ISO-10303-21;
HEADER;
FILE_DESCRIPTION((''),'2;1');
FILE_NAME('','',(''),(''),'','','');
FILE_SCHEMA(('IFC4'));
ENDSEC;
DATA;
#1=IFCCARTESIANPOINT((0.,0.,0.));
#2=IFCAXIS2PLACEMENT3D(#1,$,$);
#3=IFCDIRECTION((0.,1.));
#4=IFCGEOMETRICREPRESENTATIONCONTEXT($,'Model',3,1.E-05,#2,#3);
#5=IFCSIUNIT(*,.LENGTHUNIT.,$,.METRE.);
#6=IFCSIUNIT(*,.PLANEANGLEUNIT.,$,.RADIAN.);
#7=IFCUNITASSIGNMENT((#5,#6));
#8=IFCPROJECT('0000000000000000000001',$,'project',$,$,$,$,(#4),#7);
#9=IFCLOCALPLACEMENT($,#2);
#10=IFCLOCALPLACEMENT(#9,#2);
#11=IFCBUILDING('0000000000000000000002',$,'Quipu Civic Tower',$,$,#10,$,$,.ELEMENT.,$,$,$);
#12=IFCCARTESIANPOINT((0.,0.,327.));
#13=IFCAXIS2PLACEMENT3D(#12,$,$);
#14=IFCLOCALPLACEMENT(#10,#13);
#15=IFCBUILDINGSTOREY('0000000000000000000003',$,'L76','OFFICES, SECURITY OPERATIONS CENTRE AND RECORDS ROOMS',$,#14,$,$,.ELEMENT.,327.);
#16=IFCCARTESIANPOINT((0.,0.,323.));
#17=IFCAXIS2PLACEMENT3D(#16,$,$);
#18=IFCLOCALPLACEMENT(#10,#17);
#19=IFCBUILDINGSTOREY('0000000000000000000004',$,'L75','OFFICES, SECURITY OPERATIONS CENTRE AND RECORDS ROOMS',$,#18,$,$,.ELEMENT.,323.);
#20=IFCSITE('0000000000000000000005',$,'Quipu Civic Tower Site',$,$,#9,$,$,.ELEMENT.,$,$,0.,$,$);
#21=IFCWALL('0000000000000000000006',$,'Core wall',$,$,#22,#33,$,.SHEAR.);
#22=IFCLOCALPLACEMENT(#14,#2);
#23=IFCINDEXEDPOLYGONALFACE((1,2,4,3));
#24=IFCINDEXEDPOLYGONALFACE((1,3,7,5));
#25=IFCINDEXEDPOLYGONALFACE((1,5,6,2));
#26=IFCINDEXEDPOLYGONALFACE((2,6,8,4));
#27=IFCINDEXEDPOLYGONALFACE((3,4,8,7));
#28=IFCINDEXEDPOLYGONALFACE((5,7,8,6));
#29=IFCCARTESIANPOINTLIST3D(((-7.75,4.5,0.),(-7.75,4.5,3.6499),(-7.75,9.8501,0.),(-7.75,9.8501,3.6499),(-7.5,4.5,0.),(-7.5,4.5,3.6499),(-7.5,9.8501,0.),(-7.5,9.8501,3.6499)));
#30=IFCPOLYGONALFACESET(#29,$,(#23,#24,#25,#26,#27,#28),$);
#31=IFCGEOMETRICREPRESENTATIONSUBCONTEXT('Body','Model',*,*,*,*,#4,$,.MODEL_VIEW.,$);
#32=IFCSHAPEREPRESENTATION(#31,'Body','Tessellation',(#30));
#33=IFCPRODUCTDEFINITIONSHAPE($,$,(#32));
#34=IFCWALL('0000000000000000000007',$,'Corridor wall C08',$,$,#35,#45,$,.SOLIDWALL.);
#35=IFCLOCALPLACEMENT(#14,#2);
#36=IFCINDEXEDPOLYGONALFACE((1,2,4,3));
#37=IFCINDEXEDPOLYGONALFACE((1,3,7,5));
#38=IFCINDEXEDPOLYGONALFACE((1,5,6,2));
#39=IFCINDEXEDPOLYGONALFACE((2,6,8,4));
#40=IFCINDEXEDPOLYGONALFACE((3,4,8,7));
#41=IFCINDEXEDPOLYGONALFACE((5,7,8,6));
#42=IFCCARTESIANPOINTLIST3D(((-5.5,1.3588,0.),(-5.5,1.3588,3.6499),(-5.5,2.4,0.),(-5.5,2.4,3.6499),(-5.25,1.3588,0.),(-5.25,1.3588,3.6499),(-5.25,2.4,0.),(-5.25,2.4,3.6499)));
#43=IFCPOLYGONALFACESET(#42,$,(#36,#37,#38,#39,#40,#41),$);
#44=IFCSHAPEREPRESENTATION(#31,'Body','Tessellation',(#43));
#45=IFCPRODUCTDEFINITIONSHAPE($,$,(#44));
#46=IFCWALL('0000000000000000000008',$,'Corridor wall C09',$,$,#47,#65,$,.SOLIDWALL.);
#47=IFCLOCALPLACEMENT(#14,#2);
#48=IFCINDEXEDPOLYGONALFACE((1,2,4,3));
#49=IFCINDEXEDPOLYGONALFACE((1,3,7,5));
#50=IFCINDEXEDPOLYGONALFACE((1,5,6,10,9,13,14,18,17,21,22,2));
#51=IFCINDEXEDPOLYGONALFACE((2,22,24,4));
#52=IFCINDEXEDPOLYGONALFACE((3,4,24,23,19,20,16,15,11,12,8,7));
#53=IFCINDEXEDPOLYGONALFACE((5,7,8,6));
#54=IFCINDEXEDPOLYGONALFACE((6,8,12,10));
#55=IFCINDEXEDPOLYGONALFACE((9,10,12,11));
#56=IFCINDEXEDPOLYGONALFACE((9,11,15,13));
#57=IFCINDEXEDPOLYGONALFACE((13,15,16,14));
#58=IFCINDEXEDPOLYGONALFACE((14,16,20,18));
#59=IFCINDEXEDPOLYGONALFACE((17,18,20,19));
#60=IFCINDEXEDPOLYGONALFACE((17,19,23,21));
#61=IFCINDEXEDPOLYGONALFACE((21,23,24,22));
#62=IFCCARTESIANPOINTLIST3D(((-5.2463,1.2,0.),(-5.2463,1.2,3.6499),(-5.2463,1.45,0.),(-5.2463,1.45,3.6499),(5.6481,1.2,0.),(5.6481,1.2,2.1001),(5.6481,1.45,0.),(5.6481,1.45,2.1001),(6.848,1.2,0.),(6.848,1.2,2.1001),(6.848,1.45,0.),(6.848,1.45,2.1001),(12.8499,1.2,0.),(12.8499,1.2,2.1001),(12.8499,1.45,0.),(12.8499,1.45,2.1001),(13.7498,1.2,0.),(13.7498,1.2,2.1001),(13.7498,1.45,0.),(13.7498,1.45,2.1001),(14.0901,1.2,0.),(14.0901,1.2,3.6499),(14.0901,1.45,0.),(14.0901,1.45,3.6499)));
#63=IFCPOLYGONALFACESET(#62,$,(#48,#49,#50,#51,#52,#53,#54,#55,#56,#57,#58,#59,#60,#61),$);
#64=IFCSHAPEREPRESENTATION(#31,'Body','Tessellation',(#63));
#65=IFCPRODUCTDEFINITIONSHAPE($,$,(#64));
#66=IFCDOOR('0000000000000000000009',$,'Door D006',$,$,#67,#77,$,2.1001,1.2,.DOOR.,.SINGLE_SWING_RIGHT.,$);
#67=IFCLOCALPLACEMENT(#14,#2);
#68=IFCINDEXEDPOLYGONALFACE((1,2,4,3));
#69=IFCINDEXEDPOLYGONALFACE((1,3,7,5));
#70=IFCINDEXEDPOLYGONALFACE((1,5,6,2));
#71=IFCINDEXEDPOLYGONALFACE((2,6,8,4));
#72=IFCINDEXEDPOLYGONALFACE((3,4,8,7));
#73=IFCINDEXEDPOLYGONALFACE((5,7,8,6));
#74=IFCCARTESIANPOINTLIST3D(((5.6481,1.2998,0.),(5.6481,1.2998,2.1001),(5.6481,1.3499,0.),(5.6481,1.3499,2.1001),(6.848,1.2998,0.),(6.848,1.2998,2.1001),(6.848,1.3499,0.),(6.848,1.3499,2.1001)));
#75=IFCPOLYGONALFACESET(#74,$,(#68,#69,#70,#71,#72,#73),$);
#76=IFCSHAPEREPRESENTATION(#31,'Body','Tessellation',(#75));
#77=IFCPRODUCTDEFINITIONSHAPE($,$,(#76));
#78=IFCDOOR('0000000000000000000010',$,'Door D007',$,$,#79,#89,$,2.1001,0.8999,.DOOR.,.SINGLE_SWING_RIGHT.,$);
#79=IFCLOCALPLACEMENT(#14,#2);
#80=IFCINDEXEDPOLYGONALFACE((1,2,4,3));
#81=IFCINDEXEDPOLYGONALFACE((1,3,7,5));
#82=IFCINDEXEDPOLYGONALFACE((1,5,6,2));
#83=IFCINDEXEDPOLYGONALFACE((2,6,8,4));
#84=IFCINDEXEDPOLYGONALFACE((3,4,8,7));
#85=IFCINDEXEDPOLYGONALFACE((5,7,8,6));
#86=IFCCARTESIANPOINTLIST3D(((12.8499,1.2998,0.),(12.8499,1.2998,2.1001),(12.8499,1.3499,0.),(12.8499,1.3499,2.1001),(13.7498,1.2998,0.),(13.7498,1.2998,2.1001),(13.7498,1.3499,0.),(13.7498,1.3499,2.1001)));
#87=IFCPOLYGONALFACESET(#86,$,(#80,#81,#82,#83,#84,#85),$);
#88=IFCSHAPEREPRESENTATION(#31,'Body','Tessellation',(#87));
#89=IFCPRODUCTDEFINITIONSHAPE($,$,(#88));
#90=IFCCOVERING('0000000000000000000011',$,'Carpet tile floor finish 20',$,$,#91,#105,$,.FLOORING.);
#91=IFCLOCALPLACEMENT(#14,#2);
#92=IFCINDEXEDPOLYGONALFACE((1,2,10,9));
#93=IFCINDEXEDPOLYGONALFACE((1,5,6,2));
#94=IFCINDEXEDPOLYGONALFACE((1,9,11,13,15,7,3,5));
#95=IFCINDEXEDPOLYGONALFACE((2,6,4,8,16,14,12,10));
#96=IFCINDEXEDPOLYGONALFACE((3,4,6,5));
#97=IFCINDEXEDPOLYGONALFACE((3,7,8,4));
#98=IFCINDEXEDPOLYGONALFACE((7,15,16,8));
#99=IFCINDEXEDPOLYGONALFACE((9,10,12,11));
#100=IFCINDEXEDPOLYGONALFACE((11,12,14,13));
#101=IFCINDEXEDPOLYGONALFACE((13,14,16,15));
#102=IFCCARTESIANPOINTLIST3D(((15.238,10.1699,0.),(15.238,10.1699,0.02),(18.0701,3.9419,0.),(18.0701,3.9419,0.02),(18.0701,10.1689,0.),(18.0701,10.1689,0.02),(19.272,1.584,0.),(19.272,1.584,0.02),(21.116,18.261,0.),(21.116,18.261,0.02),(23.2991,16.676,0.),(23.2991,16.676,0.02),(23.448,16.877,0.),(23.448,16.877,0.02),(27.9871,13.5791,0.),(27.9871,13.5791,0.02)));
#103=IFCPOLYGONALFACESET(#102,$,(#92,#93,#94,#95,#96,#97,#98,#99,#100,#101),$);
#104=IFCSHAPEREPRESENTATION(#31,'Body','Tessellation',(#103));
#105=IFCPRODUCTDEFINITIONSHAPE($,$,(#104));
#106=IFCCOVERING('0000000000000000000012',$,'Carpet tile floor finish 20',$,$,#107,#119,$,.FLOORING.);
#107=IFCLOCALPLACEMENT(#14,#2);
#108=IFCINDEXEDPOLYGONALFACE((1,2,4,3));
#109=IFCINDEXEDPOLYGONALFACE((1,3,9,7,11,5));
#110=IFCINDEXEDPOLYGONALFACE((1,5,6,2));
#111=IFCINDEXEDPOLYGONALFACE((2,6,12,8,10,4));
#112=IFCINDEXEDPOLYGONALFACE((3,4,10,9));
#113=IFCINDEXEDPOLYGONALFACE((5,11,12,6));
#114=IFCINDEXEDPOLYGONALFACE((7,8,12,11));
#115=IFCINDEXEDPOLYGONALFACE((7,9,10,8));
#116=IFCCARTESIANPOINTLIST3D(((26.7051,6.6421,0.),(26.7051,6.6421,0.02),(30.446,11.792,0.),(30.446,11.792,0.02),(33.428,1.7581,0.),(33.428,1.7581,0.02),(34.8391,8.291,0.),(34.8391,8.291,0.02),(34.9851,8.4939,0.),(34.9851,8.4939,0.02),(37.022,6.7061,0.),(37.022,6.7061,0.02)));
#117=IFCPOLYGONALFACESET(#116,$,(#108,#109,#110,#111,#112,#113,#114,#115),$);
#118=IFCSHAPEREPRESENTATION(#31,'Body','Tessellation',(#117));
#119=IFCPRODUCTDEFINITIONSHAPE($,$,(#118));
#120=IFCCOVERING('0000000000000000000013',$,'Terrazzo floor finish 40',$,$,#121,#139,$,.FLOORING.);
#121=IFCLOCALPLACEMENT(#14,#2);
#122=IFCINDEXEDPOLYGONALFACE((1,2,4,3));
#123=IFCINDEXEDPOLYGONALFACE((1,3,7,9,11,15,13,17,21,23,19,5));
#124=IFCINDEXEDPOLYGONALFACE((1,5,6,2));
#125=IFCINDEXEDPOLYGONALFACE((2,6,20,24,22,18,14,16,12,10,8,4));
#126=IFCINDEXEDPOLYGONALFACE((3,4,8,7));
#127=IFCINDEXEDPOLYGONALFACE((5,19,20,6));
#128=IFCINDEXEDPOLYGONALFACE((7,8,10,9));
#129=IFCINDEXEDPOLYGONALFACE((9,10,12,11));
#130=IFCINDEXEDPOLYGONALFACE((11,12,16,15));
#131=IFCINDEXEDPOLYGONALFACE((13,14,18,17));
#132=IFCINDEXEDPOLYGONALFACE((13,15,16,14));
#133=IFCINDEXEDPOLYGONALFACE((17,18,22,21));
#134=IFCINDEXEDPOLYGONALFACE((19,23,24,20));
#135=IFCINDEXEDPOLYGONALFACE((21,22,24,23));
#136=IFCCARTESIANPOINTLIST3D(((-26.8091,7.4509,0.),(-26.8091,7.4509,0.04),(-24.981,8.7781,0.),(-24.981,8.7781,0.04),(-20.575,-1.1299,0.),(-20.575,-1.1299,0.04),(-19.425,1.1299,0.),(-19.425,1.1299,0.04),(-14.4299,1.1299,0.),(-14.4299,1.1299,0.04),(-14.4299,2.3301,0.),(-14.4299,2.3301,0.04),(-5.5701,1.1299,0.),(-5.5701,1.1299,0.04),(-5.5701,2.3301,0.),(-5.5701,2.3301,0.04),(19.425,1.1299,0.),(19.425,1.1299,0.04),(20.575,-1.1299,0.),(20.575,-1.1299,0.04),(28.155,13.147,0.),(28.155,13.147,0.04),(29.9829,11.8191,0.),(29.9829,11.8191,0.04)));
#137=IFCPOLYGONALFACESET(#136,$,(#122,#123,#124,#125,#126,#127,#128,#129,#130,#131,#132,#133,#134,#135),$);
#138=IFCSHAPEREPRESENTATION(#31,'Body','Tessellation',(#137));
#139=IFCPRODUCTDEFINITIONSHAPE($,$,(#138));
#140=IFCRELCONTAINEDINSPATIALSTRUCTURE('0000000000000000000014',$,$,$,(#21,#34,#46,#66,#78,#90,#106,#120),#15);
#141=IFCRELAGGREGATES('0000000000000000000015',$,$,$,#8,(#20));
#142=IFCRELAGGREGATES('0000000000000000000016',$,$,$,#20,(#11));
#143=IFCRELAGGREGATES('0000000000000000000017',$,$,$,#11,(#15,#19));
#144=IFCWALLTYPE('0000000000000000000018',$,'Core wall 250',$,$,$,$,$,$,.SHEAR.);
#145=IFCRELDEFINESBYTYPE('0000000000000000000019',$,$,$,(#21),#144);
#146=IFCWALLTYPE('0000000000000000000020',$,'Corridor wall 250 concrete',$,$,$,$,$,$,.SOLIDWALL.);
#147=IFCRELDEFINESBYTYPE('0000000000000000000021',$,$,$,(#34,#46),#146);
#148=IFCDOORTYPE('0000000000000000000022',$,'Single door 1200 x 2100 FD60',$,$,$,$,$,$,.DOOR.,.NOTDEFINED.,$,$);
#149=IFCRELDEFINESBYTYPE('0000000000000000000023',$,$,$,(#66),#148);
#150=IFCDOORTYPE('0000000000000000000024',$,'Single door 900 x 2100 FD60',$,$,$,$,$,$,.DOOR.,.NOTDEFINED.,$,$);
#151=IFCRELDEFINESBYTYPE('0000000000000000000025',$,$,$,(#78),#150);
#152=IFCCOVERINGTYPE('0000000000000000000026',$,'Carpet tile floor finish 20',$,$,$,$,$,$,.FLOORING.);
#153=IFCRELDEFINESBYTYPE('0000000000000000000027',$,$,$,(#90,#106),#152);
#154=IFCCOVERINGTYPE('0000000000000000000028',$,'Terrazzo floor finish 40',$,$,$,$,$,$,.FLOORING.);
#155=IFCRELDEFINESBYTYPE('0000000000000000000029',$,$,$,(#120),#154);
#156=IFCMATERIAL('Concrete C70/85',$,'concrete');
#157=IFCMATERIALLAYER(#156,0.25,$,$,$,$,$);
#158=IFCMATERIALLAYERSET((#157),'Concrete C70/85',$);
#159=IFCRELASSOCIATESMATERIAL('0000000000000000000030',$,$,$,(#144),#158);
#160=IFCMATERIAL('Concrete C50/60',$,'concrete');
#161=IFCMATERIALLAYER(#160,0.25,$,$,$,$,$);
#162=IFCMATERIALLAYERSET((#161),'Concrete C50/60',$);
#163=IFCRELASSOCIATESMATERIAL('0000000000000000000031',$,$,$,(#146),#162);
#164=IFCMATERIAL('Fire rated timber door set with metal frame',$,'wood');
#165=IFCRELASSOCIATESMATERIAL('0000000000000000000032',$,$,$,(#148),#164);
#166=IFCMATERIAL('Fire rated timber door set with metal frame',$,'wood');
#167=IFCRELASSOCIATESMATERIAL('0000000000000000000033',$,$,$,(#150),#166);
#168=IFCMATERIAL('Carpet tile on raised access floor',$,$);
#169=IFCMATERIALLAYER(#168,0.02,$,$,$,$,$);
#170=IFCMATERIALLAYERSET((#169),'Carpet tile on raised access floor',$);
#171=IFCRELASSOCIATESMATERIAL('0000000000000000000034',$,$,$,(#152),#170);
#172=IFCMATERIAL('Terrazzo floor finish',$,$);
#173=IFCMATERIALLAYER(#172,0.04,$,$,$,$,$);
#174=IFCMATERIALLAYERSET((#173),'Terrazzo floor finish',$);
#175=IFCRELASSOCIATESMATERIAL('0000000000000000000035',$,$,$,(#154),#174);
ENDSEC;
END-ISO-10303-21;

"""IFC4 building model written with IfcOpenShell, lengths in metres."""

from ifc_helpers import new_model, si_unit, direction, frame, frame_2d, origin, place, context, subcontext, project, spatial, polyline, rectangle, outline, extrude, material, layer, layer_set, type_object, element, fill, save


model = new_model("IFC4")

# Units and contexts
model_context = context("Model", 3, precision=1e-05, world=origin(), true_north=direction((0.0, 1.0)))
body_context = subcontext(model_context, "Body", "Model", "MODEL_VIEW")
ifc_project = project(units=[si_unit("LENGTHUNIT", "METRE"), si_unit("PLANEANGLEUNIT", "RADIAN")], contexts=[model_context])

# Site, building, storey
site_placement = place(None, origin())
site = spatial("IfcSite", under=ifc_project, at=site_placement, Name="Quipu Civic Tower Site", CompositionType="ELEMENT", RefElevation=0.0)
building_placement = place(site_placement, origin())
building = spatial("IfcBuilding", under=site, at=building_placement, Name="Quipu Civic Tower", CompositionType="ELEMENT")
storey_1_placement = place(building_placement, frame((0.0, 0.0, 327.0)))
storey_1 = spatial("IfcBuildingStorey", under=building, at=storey_1_placement, Name="L76", Description="OFFICES, SECURITY OPERATIONS CENTRE AND RECORDS ROOMS", CompositionType="ELEMENT", Elevation=327.0)

# Shared definitions
storey_2_placement = place(building_placement, frame((0.0, 0.0, 323.0)))
storey_2 = spatial("IfcBuildingStorey", under=building, at=storey_2_placement, Name="L75", Description="OFFICES, SECURITY OPERATIONS CENTRE AND RECORDS ROOMS", CompositionType="ELEMENT", Elevation=323.0)

# Walls
ifc_material_1 = material(Name="Concrete C70/85", Category="concrete")
ifc_layer_1 = layer(ifc_material_1, 0.25)
ifc_layer_set_1 = layer_set([ifc_layer_1], Name="Concrete C70/85")
wall_type_1 = type_object("IfcWallType", Name="Core wall 250", PredefinedType="SHEAR", material=ifc_layer_set_1)
wall_1_placement = place(storey_1_placement, frame((-7.625, 4.5, 0.0), z_axis=(0.0, 0.0, 1.0), x_axis=(0.0, 1.0, 0.0)))
element("IfcWall", 1, at=wall_1_placement, inside=storey_1, type_object=wall_type_1, Name="Core wall", PredefinedType="SHEAR", context=body_context, shape_type="SweptSolid", body=[
    extrude(rectangle(XDim=5.3501, YDim=0.25, at=frame_2d((2.675, 0.0))), origin(), (0.0, 0.0, 1.0), 3.6499),
])
ifc_material_2 = material(Name="Concrete C50/60", Category="concrete")
ifc_layer_2 = layer(ifc_material_2, 0.25)
ifc_layer_set_2 = layer_set([ifc_layer_2], Name="Concrete C50/60")
wall_type_2 = type_object("IfcWallType", Name="Corridor wall 250 concrete", PredefinedType="SOLIDWALL", material=ifc_layer_set_2)
wall_2_placement = place(storey_1_placement, frame((-5.375, 2.3999, 0.0), z_axis=(0.0, 0.0, 1.0), x_axis=(0.0, -1.0, 0.0)))
element("IfcWall", 2, at=wall_2_placement, inside=storey_1, type_object=wall_type_2, Name="Corridor wall C08", PredefinedType="SOLIDWALL", context=body_context, shape_type="SweptSolid", body=[
    extrude(rectangle(XDim=1.0413, YDim=0.25, at=frame_2d((0.5205, 0.0))), origin(), (0.0, 0.0, 1.0), 3.6499),
])

# Wall, openings, doors
wall_3_placement = place(storey_1_placement, frame((-5.2463, 1.325, 0.0), z_axis=(0.0, 0.0, 1.0), x_axis=(1.0, 0.0, 0.0)))
wall_3 = element("IfcWall", 3, at=wall_3_placement, inside=storey_1, type_object=wall_type_2, Name="Corridor wall C09", PredefinedType="SOLIDWALL", context=body_context, shape_type="SweptSolid", body=[
    extrude(rectangle(XDim=19.3364, YDim=0.25, at=frame_2d((9.6682, 0.0))), origin(), (0.0, 0.0, 1.0), 3.6499),
])
opening_1_placement = place(wall_3_placement, frame((10.8943, 0.0, 0.0)))
opening_1 = element("IfcOpeningElement", 4, at=opening_1_placement, cuts=wall_3, PredefinedType="OPENING", context=body_context, shape_type="SweptSolid", body=[
    extrude(rectangle(XDim=1.2, YDim=2.1001, at=frame_2d((0.6001, 1.05))), frame((0.0, 0.135, 0.0), z_axis=(0.0, -1.0, 0.0), x_axis=(1.0, 0.0, 0.0)), (0.0, 0.0, 1.0), 0.27),
])
opening_2_placement = place(wall_3_placement, frame((18.0962, 0.0, 0.0)))
opening_2 = element("IfcOpeningElement", 5, at=opening_2_placement, cuts=wall_3, PredefinedType="OPENING", context=body_context, shape_type="SweptSolid", body=[
    extrude(rectangle(XDim=0.8999, YDim=2.1001, at=frame_2d((0.45, 1.05))), frame((0.0, 0.135, 0.0), z_axis=(0.0, -1.0, 0.0), x_axis=(1.0, 0.0, 0.0)), (0.0, 0.0, 1.0), 0.27),
])
ifc_material_3 = material(Name="Fire rated timber door set with metal frame", Category="wood")
door_type_1 = type_object("IfcDoorType", Name="Single door 1200 x 2100 FD60", OperationType="NOTDEFINED", PredefinedType="DOOR", material=ifc_material_3)
door_1_placement = place(opening_1_placement, origin())
door_1 = element("IfcDoor", 6, at=door_1_placement, inside=storey_1, type_object=door_type_1, Name="Door D006", OperationType="SINGLE_SWING_RIGHT", OverallHeight=2.1001, OverallWidth=1.2, PredefinedType="DOOR", context=body_context, shape_type="SweptSolid", body=[
    extrude(rectangle(XDim=1.2, YDim=2.1001, at=frame_2d((0.6001, 1.05))), frame((0.0, 0.0249, 0.0), z_axis=(0.0, -1.0, 0.0), x_axis=(1.0, 0.0, 0.0)), (0.0, 0.0, 1.0), 0.05),
])
fill(opening_1, door_1)
ifc_material_4 = material(Name="Fire rated timber door set with metal frame", Category="wood")
door_type_2 = type_object("IfcDoorType", Name="Single door 900 x 2100 FD60", OperationType="NOTDEFINED", PredefinedType="DOOR", material=ifc_material_4)
door_2_placement = place(opening_2_placement, origin())
door_2 = element("IfcDoor", 7, at=door_2_placement, inside=storey_1, type_object=door_type_2, Name="Door D007", OperationType="SINGLE_SWING_RIGHT", OverallHeight=2.1001, OverallWidth=0.8999, PredefinedType="DOOR", context=body_context, shape_type="SweptSolid", body=[
    extrude(rectangle(XDim=0.8999, YDim=2.1001, at=frame_2d((0.45, 1.05))), frame((0.0, 0.0249, 0.0), z_axis=(0.0, -1.0, 0.0), x_axis=(1.0, 0.0, 0.0)), (0.0, 0.0, 1.0), 0.05),
])
fill(opening_2, door_2)

# Coverings
ifc_material_5 = material(Name="Carpet tile on raised access floor")
ifc_layer_3 = layer(ifc_material_5, 0.02)
ifc_layer_set_3 = layer_set([ifc_layer_3], Name="Carpet tile on raised access floor")
covering_type_1 = type_object("IfcCoveringType", Name="Carpet tile floor finish 20", PredefinedType="FLOORING", material=ifc_layer_set_3)
covering_1_placement = place(storey_1_placement, origin())
element("IfcCovering", 8, at=covering_1_placement, inside=storey_1, type_object=covering_type_1, Name="Carpet tile floor finish 20", PredefinedType="FLOORING", context=body_context, shape_type="SweptSolid", body=[
    extrude(outline(polyline([(15.238, 10.1699), (21.116, 18.261), (23.2991, 16.676), (23.448, 16.877), (27.9871, 13.5791), (19.272, 1.584), (18.0701, 3.9419), (18.0701, 10.1689), (15.238, 10.1699)])), origin(), (0.0, 0.0, 1.0), 0.02),
])
covering_2_placement = place(storey_1_placement, origin())
element("IfcCovering", 9, at=covering_2_placement, inside=storey_1, type_object=covering_type_1, Name="Carpet tile floor finish 20", PredefinedType="FLOORING", context=body_context, shape_type="SweptSolid", body=[
    extrude(outline(polyline([(26.7051, 6.6421), (30.446, 11.792), (34.9851, 8.4939), (34.8391, 8.291), (37.022, 6.7061), (33.428, 1.7581), (26.7051, 6.6421)])), origin(), (0.0, 0.0, 1.0), 0.02),
])
ifc_material_6 = material(Name="Terrazzo floor finish")
ifc_layer_4 = layer(ifc_material_6, 0.04)
ifc_layer_set_4 = layer_set([ifc_layer_4], Name="Terrazzo floor finish")
covering_type_2 = type_object("IfcCoveringType", Name="Terrazzo floor finish 40", PredefinedType="FLOORING", material=ifc_layer_set_4)
covering_3_placement = place(storey_1_placement, origin())
element("IfcCovering", 10, at=covering_3_placement, inside=storey_1, type_object=covering_type_2, Name="Terrazzo floor finish 40", PredefinedType="FLOORING", context=body_context, shape_type="SweptSolid", body=[
    extrude(outline(polyline([(19.425, 1.1299), (28.155, 13.147), (29.9829, 11.8191), (20.575, -1.1299), (-20.575, -1.1299), (-26.8091, 7.4509), (-24.981, 8.7781), (-19.425, 1.1299), (-14.4299, 1.1299), (-14.4299, 2.3301), (-5.5701, 2.3301), (-5.5701, 1.1299), (19.425, 1.1299)])), origin(), (0.0, 0.0, 1.0), 0.04),
])

save(model, "model.ifc")
